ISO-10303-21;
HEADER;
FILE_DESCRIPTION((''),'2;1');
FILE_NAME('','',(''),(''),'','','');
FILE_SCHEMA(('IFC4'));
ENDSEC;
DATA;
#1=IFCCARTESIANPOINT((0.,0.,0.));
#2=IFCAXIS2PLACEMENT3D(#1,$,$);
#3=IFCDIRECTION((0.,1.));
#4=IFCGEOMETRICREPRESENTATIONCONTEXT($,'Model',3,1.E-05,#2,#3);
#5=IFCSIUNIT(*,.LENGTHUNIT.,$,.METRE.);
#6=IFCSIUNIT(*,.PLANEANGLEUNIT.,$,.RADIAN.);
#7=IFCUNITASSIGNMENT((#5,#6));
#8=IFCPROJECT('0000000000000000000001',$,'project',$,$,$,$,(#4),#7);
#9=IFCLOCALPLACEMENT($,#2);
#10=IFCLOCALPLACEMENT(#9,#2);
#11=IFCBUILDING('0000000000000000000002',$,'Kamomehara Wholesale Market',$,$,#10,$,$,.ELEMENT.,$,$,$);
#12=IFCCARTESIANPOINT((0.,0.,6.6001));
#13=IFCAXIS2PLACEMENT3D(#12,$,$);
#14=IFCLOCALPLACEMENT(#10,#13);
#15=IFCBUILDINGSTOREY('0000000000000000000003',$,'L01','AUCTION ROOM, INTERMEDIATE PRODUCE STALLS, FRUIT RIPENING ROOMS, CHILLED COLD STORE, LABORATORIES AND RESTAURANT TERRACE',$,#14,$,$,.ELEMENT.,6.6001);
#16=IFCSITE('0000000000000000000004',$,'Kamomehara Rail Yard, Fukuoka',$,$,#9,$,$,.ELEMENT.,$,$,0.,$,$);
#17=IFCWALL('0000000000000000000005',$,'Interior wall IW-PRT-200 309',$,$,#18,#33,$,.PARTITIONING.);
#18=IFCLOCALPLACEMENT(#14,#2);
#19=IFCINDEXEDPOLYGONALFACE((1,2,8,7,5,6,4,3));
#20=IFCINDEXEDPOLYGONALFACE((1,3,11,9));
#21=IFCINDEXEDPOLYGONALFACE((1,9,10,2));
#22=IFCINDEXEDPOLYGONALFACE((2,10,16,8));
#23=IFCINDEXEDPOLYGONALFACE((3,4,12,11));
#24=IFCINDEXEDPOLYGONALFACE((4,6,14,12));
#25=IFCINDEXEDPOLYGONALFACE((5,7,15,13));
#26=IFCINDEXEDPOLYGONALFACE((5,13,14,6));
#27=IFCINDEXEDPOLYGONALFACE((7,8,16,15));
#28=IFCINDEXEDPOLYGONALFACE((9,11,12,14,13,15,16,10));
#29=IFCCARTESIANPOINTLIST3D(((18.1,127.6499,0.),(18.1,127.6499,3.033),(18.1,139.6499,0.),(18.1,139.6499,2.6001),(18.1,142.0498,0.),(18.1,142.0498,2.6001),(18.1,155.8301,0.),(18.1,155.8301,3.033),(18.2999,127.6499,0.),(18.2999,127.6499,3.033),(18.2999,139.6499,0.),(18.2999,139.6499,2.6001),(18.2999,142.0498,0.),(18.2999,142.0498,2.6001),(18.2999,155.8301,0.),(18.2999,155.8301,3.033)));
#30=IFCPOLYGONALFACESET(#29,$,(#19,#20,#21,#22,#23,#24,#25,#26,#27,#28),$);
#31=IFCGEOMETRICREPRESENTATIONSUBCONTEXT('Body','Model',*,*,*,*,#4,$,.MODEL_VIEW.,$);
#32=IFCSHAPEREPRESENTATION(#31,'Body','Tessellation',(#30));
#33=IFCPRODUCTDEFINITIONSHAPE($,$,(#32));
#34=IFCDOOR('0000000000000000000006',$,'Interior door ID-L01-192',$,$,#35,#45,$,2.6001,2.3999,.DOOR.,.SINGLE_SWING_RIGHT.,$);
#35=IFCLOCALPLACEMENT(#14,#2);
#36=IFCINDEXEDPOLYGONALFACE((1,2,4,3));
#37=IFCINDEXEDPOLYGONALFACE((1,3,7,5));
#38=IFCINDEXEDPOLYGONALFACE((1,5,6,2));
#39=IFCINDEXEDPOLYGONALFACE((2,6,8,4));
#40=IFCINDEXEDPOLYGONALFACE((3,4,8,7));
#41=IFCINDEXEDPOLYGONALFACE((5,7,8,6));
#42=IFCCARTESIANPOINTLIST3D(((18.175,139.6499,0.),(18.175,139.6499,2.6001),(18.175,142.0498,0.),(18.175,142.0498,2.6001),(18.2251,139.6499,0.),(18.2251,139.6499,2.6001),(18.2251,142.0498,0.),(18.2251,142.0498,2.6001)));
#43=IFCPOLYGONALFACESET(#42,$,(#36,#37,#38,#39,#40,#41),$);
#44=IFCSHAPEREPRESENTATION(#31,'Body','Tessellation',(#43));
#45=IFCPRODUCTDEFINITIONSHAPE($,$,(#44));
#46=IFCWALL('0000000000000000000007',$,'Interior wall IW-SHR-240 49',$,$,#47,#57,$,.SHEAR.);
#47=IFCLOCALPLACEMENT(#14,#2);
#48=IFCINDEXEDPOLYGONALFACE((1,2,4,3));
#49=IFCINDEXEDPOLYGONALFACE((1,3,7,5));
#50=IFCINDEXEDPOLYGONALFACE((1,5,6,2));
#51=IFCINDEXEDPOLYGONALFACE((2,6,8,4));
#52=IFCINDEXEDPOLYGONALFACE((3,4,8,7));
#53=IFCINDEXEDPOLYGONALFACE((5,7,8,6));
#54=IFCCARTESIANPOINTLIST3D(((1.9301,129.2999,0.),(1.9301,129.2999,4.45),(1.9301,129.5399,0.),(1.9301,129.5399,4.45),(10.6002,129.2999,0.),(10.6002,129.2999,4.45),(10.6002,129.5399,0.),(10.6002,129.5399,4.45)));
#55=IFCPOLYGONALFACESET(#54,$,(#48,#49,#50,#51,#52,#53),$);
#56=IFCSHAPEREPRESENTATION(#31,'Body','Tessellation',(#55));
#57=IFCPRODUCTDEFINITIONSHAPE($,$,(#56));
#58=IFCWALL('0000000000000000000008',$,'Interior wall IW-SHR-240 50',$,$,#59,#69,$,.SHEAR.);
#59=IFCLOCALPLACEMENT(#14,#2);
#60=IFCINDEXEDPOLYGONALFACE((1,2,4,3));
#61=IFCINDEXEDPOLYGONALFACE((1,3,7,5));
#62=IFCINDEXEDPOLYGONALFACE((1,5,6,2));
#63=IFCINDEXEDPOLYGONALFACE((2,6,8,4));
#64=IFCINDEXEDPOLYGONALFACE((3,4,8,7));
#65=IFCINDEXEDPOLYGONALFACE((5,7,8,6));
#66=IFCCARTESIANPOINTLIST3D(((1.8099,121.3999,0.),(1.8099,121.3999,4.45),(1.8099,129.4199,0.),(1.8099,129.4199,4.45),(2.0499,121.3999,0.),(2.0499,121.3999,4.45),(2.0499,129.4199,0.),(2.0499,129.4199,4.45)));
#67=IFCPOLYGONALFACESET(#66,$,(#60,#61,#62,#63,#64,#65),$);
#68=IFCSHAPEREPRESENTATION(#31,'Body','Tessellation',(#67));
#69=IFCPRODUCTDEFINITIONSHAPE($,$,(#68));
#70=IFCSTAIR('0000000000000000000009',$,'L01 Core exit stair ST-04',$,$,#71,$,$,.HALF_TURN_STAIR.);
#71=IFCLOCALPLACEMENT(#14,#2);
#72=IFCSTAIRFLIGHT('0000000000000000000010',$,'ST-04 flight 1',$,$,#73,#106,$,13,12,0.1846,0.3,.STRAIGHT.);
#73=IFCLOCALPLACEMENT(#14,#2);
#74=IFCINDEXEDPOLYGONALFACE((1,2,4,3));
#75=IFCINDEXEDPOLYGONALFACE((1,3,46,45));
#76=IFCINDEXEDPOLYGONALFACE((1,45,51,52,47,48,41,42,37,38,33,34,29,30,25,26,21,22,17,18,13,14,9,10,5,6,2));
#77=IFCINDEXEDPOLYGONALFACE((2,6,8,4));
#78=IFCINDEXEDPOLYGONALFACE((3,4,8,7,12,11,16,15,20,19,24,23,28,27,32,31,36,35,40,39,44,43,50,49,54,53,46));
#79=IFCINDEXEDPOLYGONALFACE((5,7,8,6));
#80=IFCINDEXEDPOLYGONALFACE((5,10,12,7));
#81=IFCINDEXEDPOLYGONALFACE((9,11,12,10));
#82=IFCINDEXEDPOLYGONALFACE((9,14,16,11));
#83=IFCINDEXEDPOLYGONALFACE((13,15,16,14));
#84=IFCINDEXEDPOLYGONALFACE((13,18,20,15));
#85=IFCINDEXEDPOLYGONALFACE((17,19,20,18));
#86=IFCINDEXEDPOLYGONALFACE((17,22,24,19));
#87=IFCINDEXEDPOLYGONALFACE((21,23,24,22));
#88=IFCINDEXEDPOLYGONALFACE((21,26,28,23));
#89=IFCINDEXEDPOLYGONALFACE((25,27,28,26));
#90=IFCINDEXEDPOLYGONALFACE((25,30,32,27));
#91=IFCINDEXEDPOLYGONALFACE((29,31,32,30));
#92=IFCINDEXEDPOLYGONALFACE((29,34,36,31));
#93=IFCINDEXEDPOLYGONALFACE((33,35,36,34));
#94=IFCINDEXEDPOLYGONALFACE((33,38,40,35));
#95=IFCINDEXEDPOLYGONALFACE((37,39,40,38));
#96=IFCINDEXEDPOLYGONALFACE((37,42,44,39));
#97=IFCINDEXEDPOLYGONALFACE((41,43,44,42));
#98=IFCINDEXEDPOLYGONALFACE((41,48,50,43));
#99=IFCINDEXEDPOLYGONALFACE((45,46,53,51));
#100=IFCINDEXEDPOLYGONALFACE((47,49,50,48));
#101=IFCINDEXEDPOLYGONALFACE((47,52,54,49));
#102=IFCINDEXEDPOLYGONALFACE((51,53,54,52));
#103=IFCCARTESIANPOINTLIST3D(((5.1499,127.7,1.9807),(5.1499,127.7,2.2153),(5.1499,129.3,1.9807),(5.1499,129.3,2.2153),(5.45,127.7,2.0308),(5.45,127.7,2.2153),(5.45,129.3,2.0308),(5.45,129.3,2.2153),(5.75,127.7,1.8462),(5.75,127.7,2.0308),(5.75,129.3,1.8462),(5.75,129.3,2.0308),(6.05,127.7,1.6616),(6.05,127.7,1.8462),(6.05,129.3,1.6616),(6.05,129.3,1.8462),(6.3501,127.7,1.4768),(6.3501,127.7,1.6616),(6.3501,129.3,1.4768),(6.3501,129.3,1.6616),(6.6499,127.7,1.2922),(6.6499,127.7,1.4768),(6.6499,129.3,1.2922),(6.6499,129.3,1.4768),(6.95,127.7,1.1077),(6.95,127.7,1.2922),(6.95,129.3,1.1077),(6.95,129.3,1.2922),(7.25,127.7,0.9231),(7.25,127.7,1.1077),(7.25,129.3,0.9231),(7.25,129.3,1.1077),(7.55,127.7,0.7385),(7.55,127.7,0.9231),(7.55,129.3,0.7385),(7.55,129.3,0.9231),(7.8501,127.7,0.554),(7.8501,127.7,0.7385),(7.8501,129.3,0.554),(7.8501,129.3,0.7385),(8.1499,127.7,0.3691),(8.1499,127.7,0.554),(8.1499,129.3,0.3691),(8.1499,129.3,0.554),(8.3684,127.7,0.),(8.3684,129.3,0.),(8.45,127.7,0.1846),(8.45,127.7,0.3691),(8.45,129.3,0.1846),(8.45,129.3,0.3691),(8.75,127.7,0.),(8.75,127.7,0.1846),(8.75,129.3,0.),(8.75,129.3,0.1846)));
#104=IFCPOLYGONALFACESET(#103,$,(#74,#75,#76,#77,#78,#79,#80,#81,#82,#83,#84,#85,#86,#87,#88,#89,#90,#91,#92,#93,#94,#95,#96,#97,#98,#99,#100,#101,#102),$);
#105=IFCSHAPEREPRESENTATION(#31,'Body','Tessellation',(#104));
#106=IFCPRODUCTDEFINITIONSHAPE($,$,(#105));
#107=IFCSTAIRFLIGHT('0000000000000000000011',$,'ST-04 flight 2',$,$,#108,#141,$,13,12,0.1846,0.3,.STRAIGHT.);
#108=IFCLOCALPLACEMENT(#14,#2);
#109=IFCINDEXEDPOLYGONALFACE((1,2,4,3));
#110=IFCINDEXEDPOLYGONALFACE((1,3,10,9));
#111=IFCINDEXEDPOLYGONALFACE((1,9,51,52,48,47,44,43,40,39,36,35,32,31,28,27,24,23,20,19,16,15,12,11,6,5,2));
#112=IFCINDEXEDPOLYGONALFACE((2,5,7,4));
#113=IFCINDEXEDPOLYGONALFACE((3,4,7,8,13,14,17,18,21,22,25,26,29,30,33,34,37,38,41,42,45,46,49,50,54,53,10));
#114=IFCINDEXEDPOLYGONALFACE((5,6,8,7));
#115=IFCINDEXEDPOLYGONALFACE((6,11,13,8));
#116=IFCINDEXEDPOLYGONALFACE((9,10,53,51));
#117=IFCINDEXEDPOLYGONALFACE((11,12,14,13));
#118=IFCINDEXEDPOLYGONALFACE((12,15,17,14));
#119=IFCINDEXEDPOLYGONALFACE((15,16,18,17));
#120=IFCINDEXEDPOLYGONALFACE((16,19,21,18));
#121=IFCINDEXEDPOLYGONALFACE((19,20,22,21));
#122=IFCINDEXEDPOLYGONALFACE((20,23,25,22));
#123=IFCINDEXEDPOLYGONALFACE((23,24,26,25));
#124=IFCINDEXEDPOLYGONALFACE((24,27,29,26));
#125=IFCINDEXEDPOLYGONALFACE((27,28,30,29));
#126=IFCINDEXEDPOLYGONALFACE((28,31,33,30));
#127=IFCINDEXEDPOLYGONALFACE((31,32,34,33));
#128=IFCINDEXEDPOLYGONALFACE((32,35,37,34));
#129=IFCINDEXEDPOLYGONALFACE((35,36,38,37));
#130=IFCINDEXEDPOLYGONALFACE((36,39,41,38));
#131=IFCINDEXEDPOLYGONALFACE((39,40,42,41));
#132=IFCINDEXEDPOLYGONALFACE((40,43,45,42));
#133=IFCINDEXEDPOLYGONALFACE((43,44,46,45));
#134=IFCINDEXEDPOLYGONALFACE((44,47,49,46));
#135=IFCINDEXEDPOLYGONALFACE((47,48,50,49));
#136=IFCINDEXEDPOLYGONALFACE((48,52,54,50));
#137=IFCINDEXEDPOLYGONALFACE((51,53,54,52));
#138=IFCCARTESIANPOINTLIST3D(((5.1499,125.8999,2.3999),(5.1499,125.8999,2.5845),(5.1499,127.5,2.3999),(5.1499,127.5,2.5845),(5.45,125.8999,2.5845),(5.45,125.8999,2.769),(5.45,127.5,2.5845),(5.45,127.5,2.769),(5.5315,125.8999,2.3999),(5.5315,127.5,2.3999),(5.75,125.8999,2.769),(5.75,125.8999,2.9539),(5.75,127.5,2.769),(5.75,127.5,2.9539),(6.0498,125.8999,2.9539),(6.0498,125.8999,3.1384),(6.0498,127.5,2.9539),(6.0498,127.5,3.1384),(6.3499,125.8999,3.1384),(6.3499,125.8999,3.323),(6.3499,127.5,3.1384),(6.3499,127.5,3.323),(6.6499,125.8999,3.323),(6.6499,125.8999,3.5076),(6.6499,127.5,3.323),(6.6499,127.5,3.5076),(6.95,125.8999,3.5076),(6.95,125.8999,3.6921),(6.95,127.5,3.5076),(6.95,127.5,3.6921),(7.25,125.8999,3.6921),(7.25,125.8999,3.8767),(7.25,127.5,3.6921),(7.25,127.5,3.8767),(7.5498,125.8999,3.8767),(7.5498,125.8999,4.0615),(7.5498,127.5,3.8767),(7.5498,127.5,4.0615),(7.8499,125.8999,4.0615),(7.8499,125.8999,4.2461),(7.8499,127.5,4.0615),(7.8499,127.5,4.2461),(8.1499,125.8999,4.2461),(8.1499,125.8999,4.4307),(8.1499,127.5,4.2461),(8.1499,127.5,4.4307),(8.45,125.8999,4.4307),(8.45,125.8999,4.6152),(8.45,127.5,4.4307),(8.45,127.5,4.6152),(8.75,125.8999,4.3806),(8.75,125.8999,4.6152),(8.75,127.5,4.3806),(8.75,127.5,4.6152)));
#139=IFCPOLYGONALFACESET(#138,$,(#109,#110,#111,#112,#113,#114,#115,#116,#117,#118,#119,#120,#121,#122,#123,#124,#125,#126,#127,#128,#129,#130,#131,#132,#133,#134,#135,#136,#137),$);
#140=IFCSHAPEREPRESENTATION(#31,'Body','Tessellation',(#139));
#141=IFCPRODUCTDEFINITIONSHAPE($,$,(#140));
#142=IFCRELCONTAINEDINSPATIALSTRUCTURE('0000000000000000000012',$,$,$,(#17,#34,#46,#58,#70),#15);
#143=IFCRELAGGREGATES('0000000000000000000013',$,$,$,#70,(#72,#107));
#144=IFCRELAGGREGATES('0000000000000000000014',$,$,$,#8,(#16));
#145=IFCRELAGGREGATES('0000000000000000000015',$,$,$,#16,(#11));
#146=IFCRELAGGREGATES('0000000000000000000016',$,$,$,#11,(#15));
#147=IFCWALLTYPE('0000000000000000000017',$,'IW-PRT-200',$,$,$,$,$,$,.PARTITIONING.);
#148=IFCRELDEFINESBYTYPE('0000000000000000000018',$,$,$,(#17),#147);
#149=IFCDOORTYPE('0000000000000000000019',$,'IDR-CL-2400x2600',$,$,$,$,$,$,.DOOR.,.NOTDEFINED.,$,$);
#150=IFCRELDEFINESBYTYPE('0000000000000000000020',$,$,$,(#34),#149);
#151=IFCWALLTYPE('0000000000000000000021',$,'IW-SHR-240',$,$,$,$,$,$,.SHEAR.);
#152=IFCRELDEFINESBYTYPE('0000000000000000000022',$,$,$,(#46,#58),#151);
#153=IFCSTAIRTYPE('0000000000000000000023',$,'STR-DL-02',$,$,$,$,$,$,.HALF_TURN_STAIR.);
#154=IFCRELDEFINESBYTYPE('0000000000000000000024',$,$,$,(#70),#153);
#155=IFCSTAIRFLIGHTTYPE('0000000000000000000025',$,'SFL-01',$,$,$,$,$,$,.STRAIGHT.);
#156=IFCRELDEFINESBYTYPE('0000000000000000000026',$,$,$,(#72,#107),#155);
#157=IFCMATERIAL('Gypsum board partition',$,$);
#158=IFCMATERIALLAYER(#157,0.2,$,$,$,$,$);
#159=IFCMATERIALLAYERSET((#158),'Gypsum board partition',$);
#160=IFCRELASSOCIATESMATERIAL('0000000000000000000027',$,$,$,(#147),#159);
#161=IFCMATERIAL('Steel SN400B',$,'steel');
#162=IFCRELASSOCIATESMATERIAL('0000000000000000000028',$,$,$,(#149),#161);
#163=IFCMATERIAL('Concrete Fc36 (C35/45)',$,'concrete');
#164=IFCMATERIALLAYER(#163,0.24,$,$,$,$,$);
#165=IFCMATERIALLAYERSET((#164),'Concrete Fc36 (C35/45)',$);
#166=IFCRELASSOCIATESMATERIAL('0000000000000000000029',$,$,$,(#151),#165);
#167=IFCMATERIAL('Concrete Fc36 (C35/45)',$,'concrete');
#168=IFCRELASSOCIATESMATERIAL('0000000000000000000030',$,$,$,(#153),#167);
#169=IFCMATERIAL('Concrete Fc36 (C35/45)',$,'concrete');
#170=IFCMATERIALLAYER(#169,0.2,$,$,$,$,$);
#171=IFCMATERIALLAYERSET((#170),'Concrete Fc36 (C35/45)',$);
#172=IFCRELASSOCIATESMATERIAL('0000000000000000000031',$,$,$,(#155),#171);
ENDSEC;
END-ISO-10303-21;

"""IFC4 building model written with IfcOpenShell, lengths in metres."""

from ifc_helpers import new_model, si_unit, direction, frame, frame_2d, origin, place, context, subcontext, project, spatial, polyline, rectangle, outline, extrude, material, layer, layer_set, type_object, element, fill, aggregate, save


model = new_model("IFC4")

# Units and contexts
model_context = context("Model", 3, precision=1e-05, world=origin(), true_north=direction((0.0, 1.0)))
body_context = subcontext(model_context, "Body", "Model", "MODEL_VIEW")
ifc_project = project(units=[si_unit("LENGTHUNIT", "METRE"), si_unit("PLANEANGLEUNIT", "RADIAN")], contexts=[model_context])

# Site, building, storey
site_placement = place(None, origin())
site = spatial("IfcSite", under=ifc_project, at=site_placement, Name="Kamomehara Rail Yard, Fukuoka", CompositionType="ELEMENT", RefElevation=0.0)
building_placement = place(site_placement, origin())
building = spatial("IfcBuilding", under=site, at=building_placement, Name="Kamomehara Wholesale Market", CompositionType="ELEMENT")
storey_placement = place(building_placement, frame((0.0, 0.0, 6.6001)))
storey = spatial("IfcBuildingStorey", under=building, at=storey_placement, Name="L01", Description="AUCTION ROOM, INTERMEDIATE PRODUCE STALLS, FRUIT RIPENING ROOMS, CHILLED COLD STORE, LABORATORIES AND RESTAURANT TERRACE", CompositionType="ELEMENT", Elevation=6.6001)

# Shared definitions
ifc_material_1 = material(Name="Gypsum board partition")
ifc_layer_1 = layer(ifc_material_1, 0.2)
ifc_layer_set_1 = layer_set([ifc_layer_1], Name="Gypsum board partition")
wall_type_1 = type_object("IfcWallType", Name="IW-PRT-200", PredefinedType="PARTITIONING", material=ifc_layer_set_1)

# Wall, opening, door
wall_1_placement = place(storey_placement, frame((18.2, 127.6499, 0.0), z_axis=(0.0, 0.0, 1.0), x_axis=(0.0, 1.0, 0.0)))
wall_1 = element("IfcWall", 1, at=wall_1_placement, inside=storey, type_object=wall_type_1, Name="Interior wall IW-PRT-200 309", PredefinedType="PARTITIONING", context=body_context, shape_type="SweptSolid", body=[
    extrude(rectangle(XDim=28.1802, YDim=0.2, at=frame_2d((14.0901, 0.0))), origin(), (0.0, 0.0, 1.0), 3.033),
])
opening_placement = place(wall_1_placement, frame((12.0, 0.0, 0.0)))
opening = element("IfcOpeningElement", 2, at=opening_placement, cuts=wall_1, PredefinedType="OPENING", context=body_context, shape_type="SweptSolid", body=[
    extrude(rectangle(XDim=2.3999, YDim=2.6001, at=frame_2d((1.2, 1.3))), frame((0.0, 0.1147, 0.0), z_axis=(0.0, -1.0, 0.0), x_axis=(1.0, 0.0, 0.0)), (0.0, 0.0, 1.0), 0.2297),
])
ifc_material_2 = material(Name="Steel SN400B", Category="steel")
door_type = type_object("IfcDoorType", Name="IDR-CL-2400x2600", OperationType="NOTDEFINED", PredefinedType="DOOR", material=ifc_material_2)
door_placement = place(opening_placement, origin())
door = element("IfcDoor", 3, at=door_placement, inside=storey, type_object=door_type, Name="Interior door ID-L01-192", OperationType="SINGLE_SWING_RIGHT", OverallHeight=2.6001, OverallWidth=2.3999, PredefinedType="DOOR", context=body_context, shape_type="SweptSolid", body=[
    extrude(rectangle(XDim=2.3999, YDim=2.6001, at=frame_2d((1.2, 1.3))), frame((0.0, 0.0249, 0.0), z_axis=(0.0, -1.0, 0.0), x_axis=(1.0, 0.0, 0.0)), (0.0, 0.0, 1.0), 0.05),
])
fill(opening, door)

# Walls
ifc_material_3 = material(Name="Concrete Fc36 (C35/45)", Category="concrete")
ifc_layer_2 = layer(ifc_material_3, 0.24)
ifc_layer_set_2 = layer_set([ifc_layer_2], Name="Concrete Fc36 (C35/45)")
wall_type_2 = type_object("IfcWallType", Name="IW-SHR-240", PredefinedType="SHEAR", material=ifc_layer_set_2)
wall_2_placement = place(storey_placement, frame((10.6001, 129.4199, 0.0), z_axis=(0.0, 0.0, 1.0), x_axis=(-1.0, 0.0, 0.0)))
element("IfcWall", 4, at=wall_2_placement, inside=storey, type_object=wall_type_2, Name="Interior wall IW-SHR-240 49", PredefinedType="SHEAR", context=body_context, shape_type="SweptSolid", body=[
    extrude(rectangle(XDim=8.6702, YDim=0.24, at=frame_2d((4.335, 0.0))), origin(), (0.0, 0.0, 1.0), 4.45),
])
wall_3_placement = place(storey_placement, frame((1.9299, 129.4199, 0.0), z_axis=(0.0, 0.0, 1.0), x_axis=(0.0, -1.0, 0.0)))
element("IfcWall", 5, at=wall_3_placement, inside=storey, type_object=wall_type_2, Name="Interior wall IW-SHR-240 50", PredefinedType="SHEAR", context=body_context, shape_type="SweptSolid", body=[
    extrude(rectangle(XDim=8.02, YDim=0.24, at=frame_2d((4.01, 0.0))), origin(), (0.0, 0.0, 1.0), 4.45),
])

# Stair, stair flights
ifc_material_4 = material(Name="Concrete Fc36 (C35/45)", Category="concrete")
stair_type = type_object("IfcStairType", Name="STR-DL-02", PredefinedType="HALF_TURN_STAIR", material=ifc_material_4)
stair_placement = place(storey_placement, origin())
stair = element("IfcStair", 6, at=stair_placement, inside=storey, type_object=stair_type, Name="L01 Core exit stair ST-04", PredefinedType="HALF_TURN_STAIR")
ifc_material_5 = material(Name="Concrete Fc36 (C35/45)", Category="concrete")
ifc_layer_3 = layer(ifc_material_5, 0.2)
ifc_layer_set_3 = layer_set([ifc_layer_3], Name="Concrete Fc36 (C35/45)")
stair_flight_type = type_object("IfcStairFlightType", Name="SFL-01", PredefinedType="STRAIGHT", material=ifc_layer_set_3)
stair_flight_1_placement = place(storey_placement, frame((8.75, 128.5, 0.0), z_axis=(0.0, 0.0, 1.0), x_axis=(-1.0, 0.0, 0.0)))
stair_flight_1 = element("IfcStairFlight", 7, at=stair_flight_1_placement, type_object=stair_flight_type, Name="ST-04 flight 1", NumberOfRisers=13, NumberOfTreads=12, PredefinedType="STRAIGHT", RiserHeight=0.1846, TreadLength=0.3, context=body_context, shape_type="SweptSolid", body=[
    extrude(outline(polyline([(0.0, 0.0), (0.0, 0.1846), (0.3, 0.1846), (0.3, 0.3691), (0.6001, 0.3691), (0.6001, 0.554), (0.8999, 0.554), (0.8999, 0.7385), (1.2, 0.7385), (1.2, 0.9231), (1.5, 0.9231), (1.5, 1.1077), (1.8, 1.1077), (1.8, 1.2922), (2.1001, 1.2922), (2.1001, 1.4768), (2.3999, 1.4768), (2.3999, 1.6616), (2.7, 1.6616), (2.7, 1.8462), (3.0, 1.8462), (3.0, 2.0308), (3.3, 2.0308), (3.3, 2.2153), (3.6001, 2.2153), (3.6001, 2.3999), (3.6001, 1.9807), (0.3816, 0.0), (0.0, 0.0)])), frame((0.0, 0.8, 0.0), z_axis=(0.0, -1.0, 0.0), x_axis=(1.0, 0.0, 0.0)), (0.0, 0.0, 1.0), 1.6001),
])
stair_flight_2_placement = place(storey_placement, frame((5.1499, 126.7, 2.3999), z_axis=(0.0, 0.0, 1.0), x_axis=(1.0, 0.0, 0.0)))
stair_flight_2 = element("IfcStairFlight", 8, at=stair_flight_2_placement, type_object=stair_flight_type, Name="ST-04 flight 2", NumberOfRisers=13, NumberOfTreads=12, PredefinedType="STRAIGHT", RiserHeight=0.1846, TreadLength=0.3, context=body_context, shape_type="SweptSolid", body=[
    extrude(outline(polyline([(0.0, 0.0), (0.0, 0.1846), (0.3, 0.1846), (0.3, 0.3691), (0.6001, 0.3691), (0.6001, 0.554), (0.8999, 0.554), (0.8999, 0.7385), (1.2, 0.7385), (1.2, 0.9231), (1.5, 0.9231), (1.5, 1.1077), (1.8, 1.1077), (1.8, 1.2922), (2.1001, 1.2922), (2.1001, 1.4768), (2.3999, 1.4768), (2.3999, 1.6616), (2.7, 1.6616), (2.7, 1.8462), (3.0, 1.8462), (3.0, 2.0308), (3.3, 2.0308), (3.3, 2.2153), (3.6001, 2.2153), (3.6001, 2.3999), (3.6001, 1.9807), (0.3816, 0.0), (0.0, 0.0)])), frame((0.0, 0.8, 0.0), z_axis=(0.0, -1.0, 0.0), x_axis=(1.0, 0.0, 0.0)), (0.0, 0.0, 1.0), 1.6001),
])
aggregate(stair, [stair_flight_1, stair_flight_2])

save(model, "model.ifc")
